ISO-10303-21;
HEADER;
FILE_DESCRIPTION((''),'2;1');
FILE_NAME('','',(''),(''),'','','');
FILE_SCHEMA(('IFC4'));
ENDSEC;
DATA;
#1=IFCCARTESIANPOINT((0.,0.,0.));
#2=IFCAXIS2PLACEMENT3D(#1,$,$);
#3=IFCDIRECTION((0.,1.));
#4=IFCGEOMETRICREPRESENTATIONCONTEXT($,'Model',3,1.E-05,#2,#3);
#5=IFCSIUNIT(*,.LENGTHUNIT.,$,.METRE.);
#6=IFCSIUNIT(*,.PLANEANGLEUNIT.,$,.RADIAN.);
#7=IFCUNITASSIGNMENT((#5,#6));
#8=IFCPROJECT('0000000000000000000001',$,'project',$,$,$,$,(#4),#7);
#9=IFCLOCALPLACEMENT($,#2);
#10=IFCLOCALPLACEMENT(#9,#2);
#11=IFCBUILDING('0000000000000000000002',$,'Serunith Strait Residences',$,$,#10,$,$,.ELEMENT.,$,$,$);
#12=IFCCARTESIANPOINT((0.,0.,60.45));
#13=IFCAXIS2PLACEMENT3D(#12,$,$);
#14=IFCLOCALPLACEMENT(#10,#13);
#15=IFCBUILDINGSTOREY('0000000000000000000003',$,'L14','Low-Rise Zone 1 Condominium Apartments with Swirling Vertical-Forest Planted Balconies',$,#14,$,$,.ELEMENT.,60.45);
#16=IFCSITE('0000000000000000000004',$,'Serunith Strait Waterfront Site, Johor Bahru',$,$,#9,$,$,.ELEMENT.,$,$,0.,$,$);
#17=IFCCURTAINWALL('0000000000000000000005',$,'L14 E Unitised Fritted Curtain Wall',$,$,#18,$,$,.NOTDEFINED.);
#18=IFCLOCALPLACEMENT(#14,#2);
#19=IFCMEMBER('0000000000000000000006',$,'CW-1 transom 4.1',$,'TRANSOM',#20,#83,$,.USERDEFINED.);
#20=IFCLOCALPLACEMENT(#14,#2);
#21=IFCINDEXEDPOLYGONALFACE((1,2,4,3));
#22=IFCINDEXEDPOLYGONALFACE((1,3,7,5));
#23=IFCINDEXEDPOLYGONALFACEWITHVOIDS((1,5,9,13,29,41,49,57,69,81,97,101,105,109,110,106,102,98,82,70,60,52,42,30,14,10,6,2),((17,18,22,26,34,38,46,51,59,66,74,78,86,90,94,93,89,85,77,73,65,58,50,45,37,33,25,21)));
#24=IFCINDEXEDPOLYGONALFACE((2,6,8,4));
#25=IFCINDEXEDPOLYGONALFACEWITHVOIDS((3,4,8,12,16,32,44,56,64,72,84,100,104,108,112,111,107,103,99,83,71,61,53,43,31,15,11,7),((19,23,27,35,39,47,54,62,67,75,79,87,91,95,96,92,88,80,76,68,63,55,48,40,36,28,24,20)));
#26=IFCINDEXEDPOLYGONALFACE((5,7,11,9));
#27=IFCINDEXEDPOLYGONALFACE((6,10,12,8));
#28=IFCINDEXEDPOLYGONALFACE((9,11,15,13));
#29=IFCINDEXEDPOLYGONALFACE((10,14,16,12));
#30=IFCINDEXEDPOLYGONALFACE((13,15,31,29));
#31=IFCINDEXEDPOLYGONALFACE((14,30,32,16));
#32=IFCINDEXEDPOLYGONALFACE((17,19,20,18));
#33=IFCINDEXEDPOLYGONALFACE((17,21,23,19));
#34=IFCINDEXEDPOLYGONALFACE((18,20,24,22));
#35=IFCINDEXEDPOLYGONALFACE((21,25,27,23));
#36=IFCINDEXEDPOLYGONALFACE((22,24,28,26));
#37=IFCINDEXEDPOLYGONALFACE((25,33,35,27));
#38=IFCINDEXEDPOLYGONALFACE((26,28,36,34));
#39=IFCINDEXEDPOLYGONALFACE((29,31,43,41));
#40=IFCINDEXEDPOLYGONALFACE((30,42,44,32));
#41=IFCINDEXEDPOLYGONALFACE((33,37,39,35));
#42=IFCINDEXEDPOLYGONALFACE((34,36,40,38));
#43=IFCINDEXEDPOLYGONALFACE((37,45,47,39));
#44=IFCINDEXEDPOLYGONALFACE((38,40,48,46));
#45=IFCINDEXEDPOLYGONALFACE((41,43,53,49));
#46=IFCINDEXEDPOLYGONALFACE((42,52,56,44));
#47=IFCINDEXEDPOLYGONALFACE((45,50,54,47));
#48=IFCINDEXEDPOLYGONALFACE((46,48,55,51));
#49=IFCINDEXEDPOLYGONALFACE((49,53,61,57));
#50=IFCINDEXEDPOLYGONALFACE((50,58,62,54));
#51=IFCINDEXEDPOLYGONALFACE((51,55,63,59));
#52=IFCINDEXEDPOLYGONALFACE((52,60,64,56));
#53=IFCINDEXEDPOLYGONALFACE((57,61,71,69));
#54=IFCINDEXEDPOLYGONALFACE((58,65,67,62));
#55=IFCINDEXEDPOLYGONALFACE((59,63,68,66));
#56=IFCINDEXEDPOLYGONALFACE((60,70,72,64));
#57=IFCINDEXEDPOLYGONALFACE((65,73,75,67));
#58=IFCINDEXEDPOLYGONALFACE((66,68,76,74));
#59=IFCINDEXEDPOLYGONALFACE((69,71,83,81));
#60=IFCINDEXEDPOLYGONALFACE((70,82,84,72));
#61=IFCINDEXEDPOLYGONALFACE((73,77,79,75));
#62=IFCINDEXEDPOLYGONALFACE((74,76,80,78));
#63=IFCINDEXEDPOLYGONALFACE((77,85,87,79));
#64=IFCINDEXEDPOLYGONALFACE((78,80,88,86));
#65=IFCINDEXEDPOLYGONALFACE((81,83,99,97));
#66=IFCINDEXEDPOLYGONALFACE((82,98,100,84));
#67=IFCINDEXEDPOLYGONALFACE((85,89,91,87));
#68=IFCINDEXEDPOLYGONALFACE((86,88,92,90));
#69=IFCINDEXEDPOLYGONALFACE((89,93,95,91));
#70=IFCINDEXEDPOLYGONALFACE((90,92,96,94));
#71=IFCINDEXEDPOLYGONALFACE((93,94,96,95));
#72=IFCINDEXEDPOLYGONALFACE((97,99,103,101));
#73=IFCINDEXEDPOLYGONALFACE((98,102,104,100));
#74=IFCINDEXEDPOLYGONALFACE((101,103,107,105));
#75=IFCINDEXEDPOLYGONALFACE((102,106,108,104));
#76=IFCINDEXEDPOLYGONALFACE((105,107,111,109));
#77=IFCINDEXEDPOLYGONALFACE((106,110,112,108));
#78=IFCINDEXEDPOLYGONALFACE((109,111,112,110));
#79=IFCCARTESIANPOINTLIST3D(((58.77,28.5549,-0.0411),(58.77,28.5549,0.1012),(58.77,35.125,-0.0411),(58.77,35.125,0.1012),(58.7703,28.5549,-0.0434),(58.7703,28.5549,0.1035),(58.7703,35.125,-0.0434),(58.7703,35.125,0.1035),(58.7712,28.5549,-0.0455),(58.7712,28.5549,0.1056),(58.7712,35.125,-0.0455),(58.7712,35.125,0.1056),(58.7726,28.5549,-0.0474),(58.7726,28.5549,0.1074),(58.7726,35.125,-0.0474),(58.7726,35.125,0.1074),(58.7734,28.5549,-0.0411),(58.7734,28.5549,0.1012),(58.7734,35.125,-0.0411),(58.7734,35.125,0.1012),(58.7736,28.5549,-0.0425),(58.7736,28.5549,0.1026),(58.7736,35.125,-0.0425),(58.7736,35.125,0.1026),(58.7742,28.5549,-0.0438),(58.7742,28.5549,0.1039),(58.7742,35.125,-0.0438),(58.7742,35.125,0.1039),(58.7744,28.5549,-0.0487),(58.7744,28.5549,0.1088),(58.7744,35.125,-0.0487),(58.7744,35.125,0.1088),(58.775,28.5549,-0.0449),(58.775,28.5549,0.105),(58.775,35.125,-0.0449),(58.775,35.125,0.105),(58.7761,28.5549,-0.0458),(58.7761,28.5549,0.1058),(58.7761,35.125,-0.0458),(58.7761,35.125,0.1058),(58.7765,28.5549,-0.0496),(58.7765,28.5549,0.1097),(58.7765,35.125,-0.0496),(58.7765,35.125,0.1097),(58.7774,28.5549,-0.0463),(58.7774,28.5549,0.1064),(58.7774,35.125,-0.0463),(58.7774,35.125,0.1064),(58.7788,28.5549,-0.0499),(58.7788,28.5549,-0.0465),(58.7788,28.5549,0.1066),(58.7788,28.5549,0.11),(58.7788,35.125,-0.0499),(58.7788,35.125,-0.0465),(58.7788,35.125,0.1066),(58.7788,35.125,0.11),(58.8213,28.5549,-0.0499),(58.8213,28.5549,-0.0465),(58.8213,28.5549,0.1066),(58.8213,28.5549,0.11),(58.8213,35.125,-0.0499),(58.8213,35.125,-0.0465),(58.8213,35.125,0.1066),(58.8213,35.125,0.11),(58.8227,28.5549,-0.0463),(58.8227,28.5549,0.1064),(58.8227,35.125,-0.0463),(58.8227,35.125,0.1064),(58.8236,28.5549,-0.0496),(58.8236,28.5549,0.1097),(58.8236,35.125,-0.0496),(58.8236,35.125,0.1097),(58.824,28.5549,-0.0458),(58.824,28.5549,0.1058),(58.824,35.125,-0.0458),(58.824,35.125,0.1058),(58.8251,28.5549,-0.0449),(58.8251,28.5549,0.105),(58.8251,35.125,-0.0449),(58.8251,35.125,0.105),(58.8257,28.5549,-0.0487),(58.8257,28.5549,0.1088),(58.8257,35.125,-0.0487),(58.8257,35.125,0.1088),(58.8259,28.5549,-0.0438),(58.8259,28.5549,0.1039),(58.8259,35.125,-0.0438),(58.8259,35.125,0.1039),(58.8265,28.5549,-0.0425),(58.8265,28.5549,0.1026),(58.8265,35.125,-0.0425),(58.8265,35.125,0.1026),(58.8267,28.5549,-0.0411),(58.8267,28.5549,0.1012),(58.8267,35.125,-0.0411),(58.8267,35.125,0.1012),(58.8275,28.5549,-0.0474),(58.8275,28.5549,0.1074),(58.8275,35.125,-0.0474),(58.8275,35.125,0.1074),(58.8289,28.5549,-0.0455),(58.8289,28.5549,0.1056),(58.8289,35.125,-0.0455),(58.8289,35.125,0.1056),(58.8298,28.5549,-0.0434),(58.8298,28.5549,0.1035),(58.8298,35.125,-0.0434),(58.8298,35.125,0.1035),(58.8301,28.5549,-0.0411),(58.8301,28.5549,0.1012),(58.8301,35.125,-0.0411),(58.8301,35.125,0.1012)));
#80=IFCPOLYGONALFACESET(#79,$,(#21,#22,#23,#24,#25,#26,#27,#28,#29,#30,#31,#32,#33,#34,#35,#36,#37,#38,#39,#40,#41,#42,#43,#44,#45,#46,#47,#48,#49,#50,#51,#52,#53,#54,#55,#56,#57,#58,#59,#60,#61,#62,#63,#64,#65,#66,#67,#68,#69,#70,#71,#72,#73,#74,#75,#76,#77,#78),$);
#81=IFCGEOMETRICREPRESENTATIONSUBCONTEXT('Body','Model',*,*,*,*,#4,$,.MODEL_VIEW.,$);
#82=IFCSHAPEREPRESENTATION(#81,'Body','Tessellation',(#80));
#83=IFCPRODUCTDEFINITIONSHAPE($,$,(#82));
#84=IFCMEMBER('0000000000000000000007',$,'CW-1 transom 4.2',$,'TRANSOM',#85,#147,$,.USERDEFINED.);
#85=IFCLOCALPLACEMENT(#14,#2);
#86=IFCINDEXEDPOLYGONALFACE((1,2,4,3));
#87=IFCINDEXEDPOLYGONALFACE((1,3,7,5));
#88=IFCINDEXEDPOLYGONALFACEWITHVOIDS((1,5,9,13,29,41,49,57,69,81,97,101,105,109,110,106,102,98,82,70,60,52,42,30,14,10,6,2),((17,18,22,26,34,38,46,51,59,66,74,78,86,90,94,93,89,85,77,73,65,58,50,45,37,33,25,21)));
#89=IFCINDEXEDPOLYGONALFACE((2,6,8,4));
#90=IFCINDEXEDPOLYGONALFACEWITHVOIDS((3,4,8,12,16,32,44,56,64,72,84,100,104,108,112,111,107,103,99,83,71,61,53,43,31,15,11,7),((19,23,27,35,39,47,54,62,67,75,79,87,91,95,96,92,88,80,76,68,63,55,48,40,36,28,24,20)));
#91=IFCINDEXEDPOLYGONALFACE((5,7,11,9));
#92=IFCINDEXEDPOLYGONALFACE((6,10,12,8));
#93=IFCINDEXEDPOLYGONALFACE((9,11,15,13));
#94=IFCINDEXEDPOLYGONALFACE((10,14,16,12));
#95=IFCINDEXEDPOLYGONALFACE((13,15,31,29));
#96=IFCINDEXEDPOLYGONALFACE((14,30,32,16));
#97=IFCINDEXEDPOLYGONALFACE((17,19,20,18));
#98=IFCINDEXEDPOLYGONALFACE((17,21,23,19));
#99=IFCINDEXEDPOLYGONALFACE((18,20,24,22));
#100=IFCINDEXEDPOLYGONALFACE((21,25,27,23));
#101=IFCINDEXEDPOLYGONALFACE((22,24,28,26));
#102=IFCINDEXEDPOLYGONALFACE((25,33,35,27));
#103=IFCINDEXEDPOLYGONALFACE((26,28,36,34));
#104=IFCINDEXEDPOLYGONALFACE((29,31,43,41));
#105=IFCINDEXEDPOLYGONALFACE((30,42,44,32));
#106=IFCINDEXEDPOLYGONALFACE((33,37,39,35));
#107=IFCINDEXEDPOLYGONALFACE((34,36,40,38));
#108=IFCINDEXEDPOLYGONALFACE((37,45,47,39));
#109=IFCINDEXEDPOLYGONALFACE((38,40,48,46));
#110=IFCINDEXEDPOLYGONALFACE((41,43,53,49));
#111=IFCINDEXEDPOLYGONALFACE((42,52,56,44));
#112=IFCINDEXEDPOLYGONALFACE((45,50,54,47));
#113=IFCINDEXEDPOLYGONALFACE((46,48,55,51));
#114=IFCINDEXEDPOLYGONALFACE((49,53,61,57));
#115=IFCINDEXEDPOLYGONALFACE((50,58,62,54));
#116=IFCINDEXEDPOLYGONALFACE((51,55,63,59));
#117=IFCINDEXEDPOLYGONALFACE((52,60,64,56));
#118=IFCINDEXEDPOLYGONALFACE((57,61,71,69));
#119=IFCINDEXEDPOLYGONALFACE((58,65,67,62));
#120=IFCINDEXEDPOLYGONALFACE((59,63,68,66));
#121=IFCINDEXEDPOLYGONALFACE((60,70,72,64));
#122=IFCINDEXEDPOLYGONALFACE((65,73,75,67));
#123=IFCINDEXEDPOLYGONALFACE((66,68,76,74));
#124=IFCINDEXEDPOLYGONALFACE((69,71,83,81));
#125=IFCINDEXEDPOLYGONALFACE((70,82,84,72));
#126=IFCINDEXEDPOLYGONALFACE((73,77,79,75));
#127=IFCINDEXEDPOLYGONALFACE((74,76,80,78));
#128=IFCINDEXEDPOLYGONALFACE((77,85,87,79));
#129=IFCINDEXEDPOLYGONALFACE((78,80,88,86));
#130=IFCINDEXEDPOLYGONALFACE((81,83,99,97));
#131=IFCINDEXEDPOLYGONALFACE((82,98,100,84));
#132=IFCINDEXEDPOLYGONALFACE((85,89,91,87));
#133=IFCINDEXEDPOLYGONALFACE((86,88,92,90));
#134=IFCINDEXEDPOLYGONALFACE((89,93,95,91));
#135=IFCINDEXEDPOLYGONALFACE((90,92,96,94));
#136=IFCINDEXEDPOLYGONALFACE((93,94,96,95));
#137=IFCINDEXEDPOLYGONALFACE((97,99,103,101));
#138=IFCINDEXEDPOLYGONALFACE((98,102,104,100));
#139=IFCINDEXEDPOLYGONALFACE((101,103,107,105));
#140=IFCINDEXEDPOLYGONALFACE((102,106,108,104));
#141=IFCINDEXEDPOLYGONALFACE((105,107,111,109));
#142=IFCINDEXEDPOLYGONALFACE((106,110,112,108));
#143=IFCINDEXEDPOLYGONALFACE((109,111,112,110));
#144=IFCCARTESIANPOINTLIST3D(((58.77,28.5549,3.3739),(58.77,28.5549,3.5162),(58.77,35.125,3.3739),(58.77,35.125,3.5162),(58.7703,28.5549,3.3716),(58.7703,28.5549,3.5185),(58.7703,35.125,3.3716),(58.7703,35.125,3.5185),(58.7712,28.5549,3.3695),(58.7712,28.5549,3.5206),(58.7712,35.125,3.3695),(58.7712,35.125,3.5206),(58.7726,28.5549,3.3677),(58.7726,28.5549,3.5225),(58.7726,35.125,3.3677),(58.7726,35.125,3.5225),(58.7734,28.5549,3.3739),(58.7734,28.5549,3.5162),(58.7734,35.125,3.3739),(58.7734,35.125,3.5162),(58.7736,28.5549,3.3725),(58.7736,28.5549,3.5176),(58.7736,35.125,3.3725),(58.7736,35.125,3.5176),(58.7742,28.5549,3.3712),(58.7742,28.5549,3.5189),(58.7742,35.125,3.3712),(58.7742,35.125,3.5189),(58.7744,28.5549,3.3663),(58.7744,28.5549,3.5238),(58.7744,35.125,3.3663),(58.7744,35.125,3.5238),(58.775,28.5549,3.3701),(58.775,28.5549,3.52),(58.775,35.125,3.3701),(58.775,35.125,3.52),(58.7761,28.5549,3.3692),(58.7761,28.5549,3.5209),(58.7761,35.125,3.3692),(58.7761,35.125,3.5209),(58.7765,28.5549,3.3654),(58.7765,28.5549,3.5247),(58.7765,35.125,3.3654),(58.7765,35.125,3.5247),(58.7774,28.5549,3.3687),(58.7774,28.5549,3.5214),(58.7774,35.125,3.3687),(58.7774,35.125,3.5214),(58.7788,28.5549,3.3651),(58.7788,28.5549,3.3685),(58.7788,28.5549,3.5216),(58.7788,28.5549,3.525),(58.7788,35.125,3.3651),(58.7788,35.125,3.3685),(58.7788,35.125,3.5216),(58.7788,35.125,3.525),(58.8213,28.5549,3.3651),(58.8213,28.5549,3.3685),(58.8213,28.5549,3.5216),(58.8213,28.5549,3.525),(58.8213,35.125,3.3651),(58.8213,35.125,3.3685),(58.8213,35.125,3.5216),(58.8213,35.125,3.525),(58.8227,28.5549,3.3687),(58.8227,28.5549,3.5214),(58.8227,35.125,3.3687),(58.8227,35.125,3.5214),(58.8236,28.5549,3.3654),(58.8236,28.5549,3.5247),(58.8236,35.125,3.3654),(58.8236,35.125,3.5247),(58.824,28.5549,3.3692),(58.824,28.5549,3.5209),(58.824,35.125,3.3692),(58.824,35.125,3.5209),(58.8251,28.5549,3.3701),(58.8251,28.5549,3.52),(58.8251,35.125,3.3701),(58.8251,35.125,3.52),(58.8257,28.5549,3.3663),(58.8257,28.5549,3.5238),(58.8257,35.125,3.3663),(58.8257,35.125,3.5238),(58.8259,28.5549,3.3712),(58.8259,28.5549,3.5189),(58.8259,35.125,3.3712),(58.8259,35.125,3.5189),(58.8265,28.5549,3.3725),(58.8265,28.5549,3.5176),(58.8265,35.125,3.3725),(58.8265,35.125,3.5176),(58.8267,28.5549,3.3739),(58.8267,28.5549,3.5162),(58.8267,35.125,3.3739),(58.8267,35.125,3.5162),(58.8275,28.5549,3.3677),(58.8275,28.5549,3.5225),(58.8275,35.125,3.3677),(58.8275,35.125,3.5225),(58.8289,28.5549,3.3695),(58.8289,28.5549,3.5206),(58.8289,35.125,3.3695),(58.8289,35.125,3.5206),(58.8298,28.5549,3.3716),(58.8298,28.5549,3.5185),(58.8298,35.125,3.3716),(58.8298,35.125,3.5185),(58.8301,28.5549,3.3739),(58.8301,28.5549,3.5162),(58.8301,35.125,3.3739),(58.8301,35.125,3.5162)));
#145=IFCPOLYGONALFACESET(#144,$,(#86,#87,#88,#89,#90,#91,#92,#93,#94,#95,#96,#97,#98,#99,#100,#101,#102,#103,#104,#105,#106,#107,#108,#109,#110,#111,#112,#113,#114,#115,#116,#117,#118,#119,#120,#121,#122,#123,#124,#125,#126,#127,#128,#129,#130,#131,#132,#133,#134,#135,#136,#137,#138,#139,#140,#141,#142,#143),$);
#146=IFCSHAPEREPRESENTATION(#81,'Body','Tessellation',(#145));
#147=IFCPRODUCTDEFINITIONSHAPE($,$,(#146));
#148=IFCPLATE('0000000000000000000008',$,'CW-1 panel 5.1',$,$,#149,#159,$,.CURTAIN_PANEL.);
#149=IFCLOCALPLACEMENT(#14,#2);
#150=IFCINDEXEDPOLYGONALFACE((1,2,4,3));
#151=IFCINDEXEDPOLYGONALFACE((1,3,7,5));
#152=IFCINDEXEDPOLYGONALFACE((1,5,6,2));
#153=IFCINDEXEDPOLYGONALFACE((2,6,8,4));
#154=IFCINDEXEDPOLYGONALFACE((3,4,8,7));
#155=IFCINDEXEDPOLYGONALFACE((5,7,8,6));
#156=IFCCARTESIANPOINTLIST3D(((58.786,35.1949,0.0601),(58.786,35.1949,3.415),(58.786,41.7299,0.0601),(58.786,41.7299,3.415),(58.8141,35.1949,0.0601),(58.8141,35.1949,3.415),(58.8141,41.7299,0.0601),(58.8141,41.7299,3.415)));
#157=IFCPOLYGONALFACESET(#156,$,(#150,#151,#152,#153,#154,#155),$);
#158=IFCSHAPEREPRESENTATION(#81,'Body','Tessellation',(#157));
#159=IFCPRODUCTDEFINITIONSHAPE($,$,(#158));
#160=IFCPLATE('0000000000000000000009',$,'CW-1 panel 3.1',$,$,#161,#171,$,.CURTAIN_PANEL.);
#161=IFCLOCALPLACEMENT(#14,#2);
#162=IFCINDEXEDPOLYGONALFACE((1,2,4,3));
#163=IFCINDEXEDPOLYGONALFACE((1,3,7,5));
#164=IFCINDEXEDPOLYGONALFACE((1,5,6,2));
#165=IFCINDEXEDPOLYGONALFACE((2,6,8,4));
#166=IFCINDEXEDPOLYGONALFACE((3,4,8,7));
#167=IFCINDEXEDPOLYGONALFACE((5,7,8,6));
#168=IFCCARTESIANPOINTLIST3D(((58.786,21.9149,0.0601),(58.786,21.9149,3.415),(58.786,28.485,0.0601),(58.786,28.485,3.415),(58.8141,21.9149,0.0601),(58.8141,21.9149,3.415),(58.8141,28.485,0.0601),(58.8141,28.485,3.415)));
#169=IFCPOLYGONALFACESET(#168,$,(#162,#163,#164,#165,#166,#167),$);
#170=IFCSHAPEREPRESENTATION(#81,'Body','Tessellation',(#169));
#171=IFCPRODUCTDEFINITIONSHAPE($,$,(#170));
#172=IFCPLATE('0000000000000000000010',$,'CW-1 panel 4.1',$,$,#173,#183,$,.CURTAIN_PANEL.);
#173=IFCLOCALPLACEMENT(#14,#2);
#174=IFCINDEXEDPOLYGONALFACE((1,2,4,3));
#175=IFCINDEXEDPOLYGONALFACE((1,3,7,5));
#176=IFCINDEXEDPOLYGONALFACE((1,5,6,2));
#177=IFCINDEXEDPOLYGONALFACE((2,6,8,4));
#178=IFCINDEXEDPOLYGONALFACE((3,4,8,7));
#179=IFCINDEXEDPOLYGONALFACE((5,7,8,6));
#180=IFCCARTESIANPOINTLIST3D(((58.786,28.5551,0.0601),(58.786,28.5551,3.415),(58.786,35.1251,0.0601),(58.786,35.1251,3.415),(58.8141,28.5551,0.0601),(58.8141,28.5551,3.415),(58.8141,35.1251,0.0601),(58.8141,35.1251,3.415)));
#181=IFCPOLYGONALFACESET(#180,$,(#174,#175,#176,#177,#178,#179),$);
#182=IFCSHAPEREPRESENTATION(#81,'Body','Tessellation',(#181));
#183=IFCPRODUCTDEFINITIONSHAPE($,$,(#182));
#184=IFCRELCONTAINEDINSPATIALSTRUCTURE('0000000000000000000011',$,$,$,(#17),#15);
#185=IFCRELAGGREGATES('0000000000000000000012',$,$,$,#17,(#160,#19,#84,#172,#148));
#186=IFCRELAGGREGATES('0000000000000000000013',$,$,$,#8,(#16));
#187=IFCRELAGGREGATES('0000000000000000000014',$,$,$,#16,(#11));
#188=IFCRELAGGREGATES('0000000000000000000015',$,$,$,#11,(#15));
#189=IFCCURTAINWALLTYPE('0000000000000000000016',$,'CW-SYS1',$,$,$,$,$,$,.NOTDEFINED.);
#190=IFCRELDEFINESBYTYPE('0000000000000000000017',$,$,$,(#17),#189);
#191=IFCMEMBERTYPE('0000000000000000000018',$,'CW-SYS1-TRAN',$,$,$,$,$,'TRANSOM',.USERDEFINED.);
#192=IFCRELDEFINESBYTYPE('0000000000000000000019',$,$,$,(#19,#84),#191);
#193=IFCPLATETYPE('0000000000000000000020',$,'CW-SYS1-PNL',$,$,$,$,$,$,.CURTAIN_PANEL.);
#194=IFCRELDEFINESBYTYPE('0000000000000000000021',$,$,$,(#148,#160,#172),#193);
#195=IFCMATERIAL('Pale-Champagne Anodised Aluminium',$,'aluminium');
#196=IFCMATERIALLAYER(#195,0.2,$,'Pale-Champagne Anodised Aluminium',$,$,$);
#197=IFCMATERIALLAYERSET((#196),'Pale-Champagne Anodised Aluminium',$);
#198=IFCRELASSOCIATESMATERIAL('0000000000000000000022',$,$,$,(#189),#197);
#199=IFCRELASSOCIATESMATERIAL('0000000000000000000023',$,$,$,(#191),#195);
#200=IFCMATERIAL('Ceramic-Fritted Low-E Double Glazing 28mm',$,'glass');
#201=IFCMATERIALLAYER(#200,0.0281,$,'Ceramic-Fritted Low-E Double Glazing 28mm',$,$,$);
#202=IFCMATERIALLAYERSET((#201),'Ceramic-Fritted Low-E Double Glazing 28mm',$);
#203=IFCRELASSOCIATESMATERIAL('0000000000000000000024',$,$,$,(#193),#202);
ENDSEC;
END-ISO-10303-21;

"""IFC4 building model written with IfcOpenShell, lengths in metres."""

from ifc_helpers import new_model, si_unit, direction, frame, origin, origin_2d, place, context, subcontext, project, spatial, rectangle, hollow_rectangle, extrude, source, transform, mapped, material, layer, layer_set, material_profile, profile_set, type_object, element, aggregate, save


model = new_model("IFC4")

# Units and contexts
model_context = context("Model", 3, precision=1e-05, world=origin(), true_north=direction((0.0, 1.0)))
body_context = subcontext(model_context, "Body", "Model", "MODEL_VIEW")
ifc_project = project(units=[si_unit("LENGTHUNIT", "METRE"), si_unit("PLANEANGLEUNIT", "RADIAN")], contexts=[model_context])

# Site, building, storey
site_placement = place(None, origin())
site = spatial("IfcSite", under=ifc_project, at=site_placement, Name="Serunith Strait Waterfront Site, Johor Bahru", CompositionType="ELEMENT", RefElevation=0.0)
building_placement = place(site_placement, origin())
building = spatial("IfcBuilding", under=site, at=building_placement, Name="Serunith Strait Residences", CompositionType="ELEMENT")
storey_placement = place(building_placement, frame((0.0, 0.0, 60.45)))
storey = spatial("IfcBuildingStorey", under=building, at=storey_placement, Name="L14", Description="Low-Rise Zone 1 Condominium Apartments with Swirling Vertical-Forest Planted Balconies", CompositionType="ELEMENT", Elevation=60.45)

# Curtain wall, members, plates
ifc_material_1 = material(Name="Pale-Champagne Anodised Aluminium", Category="aluminium")
ifc_layer_1 = layer(ifc_material_1, 0.2, Name="Pale-Champagne Anodised Aluminium")
ifc_layer_set_1 = layer_set([ifc_layer_1], Name="Pale-Champagne Anodised Aluminium")
curtain_wall_type = type_object("IfcCurtainWallType", Name="CW-SYS1", PredefinedType="NOTDEFINED", material=ifc_layer_set_1)
curtain_wall_placement = place(storey_placement, origin())
curtain_wall = element("IfcCurtainWall", 1, at=curtain_wall_placement, inside=storey, type_object=curtain_wall_type, Name="L14 E Unitised Fritted Curtain Wall", PredefinedType="NOTDEFINED")
ifc_material_profile_1 = material_profile(ifc_material_1, hollow_rectangle(XDim=0.0601, YDim=0.1599, WallThickness=0.0034, InnerFilletRadius=0.0054, OuterFilletRadius=0.0088, at=origin_2d()), Name="ALU 160x60x3.5")
ifc_profile_set_1 = profile_set([ifc_material_profile_1], Name="Pale-Champagne Anodised Aluminium")
member_type_1 = type_object("IfcMemberType", Name="CW-SYS1-TRAN", ElementType="TRANSOM", PredefinedType="USERDEFINED", material=ifc_profile_set_1)
shared_shape_1 = source(origin(), body_context, "Body", "SweptSolid", [
    extrude(hollow_rectangle(XDim=0.0601, YDim=0.1599, WallThickness=0.0034, InnerFilletRadius=0.0054, OuterFilletRadius=0.0088, at=origin_2d()), origin(), (0.0, 0.0, 1.0), 6.5701),
])
member_1_placement = place(storey_placement, frame((58.8, 28.5549, 0.03), z_axis=(0.0, 1.0, 0.0), x_axis=(-1.0, 0.0, 0.0)))
member_1 = element("IfcMember", 2, at=member_1_placement, type_object=member_type_1, Name="CW-1 transom 4.1", ObjectType="TRANSOM", PredefinedType="USERDEFINED", context=body_context, shape_type="MappedRepresentation", body=[
    mapped(shared_shape_1, transform((0.0, 0.0, 0.0), scale=1.0)),
])
member_2_placement = place(storey_placement, frame((58.8, 28.5549, 3.4451), z_axis=(0.0, 1.0, 0.0), x_axis=(-1.0, 0.0, 0.0)))
member_2 = element("IfcMember", 3, at=member_2_placement, type_object=member_type_1, Name="CW-1 transom 4.2", ObjectType="TRANSOM", PredefinedType="USERDEFINED", context=body_context, shape_type="MappedRepresentation", body=[
    mapped(shared_shape_1, transform((0.0, 0.0, 0.0), scale=1.0)),
])
ifc_material_2 = material(Name="Ceramic-Fritted Low-E Double Glazing 28mm", Category="glass")
ifc_layer_2 = layer(ifc_material_2, 0.0281, Name="Ceramic-Fritted Low-E Double Glazing 28mm")
ifc_layer_set_2 = layer_set([ifc_layer_2], Name="Ceramic-Fritted Low-E Double Glazing 28mm")
plate_type = type_object("IfcPlateType", Name="CW-SYS1-PNL", PredefinedType="CURTAIN_PANEL", material=ifc_layer_set_2)
shared_shape_2 = source(origin(), body_context, "Body", "SweptSolid", [
    extrude(rectangle(XDim=6.5349, YDim=0.0281, at=origin_2d()), origin(), (0.0, 0.0, 1.0), 3.355),
])
plate_1_placement = place(storey_placement, frame((58.8, 38.4624, 0.0601), z_axis=(0.0, 0.0, 1.0), x_axis=(0.0, 1.0, 0.0)))
plate_1 = element("IfcPlate", 4, at=plate_1_placement, type_object=plate_type, Name="CW-1 panel 5.1", PredefinedType="CURTAIN_PANEL", context=body_context, shape_type="MappedRepresentation", body=[
    mapped(shared_shape_2, transform((0.0, 0.0, 0.0), scale=1.0)),
])
shared_shape_3 = source(origin(), body_context, "Body", "SweptSolid", [
    extrude(rectangle(XDim=6.5701, YDim=0.0281, at=origin_2d()), origin(), (0.0, 0.0, 1.0), 3.355),
])
plate_2_placement = place(storey_placement, frame((58.8, 25.2, 0.0601), z_axis=(0.0, 0.0, 1.0), x_axis=(0.0, 1.0, 0.0)))
plate_2 = element("IfcPlate", 5, at=plate_2_placement, type_object=plate_type, Name="CW-1 panel 3.1", PredefinedType="CURTAIN_PANEL", context=body_context, shape_type="MappedRepresentation", body=[
    mapped(shared_shape_3, transform((0.0, 0.0, 0.0), scale=1.0)),
])
plate_3_placement = place(storey_placement, frame((58.8, 31.8401, 0.0601), z_axis=(0.0, 0.0, 1.0), x_axis=(0.0, 1.0, 0.0)))
plate_3 = element("IfcPlate", 6, at=plate_3_placement, type_object=plate_type, Name="CW-1 panel 4.1", PredefinedType="CURTAIN_PANEL", context=body_context, shape_type="MappedRepresentation", body=[
    mapped(shared_shape_3, transform((0.0, 0.0, 0.0), scale=1.0)),
])
aggregate(curtain_wall, [plate_2, member_1, member_2, plate_3, plate_1])

save(model, "model.ifc")
